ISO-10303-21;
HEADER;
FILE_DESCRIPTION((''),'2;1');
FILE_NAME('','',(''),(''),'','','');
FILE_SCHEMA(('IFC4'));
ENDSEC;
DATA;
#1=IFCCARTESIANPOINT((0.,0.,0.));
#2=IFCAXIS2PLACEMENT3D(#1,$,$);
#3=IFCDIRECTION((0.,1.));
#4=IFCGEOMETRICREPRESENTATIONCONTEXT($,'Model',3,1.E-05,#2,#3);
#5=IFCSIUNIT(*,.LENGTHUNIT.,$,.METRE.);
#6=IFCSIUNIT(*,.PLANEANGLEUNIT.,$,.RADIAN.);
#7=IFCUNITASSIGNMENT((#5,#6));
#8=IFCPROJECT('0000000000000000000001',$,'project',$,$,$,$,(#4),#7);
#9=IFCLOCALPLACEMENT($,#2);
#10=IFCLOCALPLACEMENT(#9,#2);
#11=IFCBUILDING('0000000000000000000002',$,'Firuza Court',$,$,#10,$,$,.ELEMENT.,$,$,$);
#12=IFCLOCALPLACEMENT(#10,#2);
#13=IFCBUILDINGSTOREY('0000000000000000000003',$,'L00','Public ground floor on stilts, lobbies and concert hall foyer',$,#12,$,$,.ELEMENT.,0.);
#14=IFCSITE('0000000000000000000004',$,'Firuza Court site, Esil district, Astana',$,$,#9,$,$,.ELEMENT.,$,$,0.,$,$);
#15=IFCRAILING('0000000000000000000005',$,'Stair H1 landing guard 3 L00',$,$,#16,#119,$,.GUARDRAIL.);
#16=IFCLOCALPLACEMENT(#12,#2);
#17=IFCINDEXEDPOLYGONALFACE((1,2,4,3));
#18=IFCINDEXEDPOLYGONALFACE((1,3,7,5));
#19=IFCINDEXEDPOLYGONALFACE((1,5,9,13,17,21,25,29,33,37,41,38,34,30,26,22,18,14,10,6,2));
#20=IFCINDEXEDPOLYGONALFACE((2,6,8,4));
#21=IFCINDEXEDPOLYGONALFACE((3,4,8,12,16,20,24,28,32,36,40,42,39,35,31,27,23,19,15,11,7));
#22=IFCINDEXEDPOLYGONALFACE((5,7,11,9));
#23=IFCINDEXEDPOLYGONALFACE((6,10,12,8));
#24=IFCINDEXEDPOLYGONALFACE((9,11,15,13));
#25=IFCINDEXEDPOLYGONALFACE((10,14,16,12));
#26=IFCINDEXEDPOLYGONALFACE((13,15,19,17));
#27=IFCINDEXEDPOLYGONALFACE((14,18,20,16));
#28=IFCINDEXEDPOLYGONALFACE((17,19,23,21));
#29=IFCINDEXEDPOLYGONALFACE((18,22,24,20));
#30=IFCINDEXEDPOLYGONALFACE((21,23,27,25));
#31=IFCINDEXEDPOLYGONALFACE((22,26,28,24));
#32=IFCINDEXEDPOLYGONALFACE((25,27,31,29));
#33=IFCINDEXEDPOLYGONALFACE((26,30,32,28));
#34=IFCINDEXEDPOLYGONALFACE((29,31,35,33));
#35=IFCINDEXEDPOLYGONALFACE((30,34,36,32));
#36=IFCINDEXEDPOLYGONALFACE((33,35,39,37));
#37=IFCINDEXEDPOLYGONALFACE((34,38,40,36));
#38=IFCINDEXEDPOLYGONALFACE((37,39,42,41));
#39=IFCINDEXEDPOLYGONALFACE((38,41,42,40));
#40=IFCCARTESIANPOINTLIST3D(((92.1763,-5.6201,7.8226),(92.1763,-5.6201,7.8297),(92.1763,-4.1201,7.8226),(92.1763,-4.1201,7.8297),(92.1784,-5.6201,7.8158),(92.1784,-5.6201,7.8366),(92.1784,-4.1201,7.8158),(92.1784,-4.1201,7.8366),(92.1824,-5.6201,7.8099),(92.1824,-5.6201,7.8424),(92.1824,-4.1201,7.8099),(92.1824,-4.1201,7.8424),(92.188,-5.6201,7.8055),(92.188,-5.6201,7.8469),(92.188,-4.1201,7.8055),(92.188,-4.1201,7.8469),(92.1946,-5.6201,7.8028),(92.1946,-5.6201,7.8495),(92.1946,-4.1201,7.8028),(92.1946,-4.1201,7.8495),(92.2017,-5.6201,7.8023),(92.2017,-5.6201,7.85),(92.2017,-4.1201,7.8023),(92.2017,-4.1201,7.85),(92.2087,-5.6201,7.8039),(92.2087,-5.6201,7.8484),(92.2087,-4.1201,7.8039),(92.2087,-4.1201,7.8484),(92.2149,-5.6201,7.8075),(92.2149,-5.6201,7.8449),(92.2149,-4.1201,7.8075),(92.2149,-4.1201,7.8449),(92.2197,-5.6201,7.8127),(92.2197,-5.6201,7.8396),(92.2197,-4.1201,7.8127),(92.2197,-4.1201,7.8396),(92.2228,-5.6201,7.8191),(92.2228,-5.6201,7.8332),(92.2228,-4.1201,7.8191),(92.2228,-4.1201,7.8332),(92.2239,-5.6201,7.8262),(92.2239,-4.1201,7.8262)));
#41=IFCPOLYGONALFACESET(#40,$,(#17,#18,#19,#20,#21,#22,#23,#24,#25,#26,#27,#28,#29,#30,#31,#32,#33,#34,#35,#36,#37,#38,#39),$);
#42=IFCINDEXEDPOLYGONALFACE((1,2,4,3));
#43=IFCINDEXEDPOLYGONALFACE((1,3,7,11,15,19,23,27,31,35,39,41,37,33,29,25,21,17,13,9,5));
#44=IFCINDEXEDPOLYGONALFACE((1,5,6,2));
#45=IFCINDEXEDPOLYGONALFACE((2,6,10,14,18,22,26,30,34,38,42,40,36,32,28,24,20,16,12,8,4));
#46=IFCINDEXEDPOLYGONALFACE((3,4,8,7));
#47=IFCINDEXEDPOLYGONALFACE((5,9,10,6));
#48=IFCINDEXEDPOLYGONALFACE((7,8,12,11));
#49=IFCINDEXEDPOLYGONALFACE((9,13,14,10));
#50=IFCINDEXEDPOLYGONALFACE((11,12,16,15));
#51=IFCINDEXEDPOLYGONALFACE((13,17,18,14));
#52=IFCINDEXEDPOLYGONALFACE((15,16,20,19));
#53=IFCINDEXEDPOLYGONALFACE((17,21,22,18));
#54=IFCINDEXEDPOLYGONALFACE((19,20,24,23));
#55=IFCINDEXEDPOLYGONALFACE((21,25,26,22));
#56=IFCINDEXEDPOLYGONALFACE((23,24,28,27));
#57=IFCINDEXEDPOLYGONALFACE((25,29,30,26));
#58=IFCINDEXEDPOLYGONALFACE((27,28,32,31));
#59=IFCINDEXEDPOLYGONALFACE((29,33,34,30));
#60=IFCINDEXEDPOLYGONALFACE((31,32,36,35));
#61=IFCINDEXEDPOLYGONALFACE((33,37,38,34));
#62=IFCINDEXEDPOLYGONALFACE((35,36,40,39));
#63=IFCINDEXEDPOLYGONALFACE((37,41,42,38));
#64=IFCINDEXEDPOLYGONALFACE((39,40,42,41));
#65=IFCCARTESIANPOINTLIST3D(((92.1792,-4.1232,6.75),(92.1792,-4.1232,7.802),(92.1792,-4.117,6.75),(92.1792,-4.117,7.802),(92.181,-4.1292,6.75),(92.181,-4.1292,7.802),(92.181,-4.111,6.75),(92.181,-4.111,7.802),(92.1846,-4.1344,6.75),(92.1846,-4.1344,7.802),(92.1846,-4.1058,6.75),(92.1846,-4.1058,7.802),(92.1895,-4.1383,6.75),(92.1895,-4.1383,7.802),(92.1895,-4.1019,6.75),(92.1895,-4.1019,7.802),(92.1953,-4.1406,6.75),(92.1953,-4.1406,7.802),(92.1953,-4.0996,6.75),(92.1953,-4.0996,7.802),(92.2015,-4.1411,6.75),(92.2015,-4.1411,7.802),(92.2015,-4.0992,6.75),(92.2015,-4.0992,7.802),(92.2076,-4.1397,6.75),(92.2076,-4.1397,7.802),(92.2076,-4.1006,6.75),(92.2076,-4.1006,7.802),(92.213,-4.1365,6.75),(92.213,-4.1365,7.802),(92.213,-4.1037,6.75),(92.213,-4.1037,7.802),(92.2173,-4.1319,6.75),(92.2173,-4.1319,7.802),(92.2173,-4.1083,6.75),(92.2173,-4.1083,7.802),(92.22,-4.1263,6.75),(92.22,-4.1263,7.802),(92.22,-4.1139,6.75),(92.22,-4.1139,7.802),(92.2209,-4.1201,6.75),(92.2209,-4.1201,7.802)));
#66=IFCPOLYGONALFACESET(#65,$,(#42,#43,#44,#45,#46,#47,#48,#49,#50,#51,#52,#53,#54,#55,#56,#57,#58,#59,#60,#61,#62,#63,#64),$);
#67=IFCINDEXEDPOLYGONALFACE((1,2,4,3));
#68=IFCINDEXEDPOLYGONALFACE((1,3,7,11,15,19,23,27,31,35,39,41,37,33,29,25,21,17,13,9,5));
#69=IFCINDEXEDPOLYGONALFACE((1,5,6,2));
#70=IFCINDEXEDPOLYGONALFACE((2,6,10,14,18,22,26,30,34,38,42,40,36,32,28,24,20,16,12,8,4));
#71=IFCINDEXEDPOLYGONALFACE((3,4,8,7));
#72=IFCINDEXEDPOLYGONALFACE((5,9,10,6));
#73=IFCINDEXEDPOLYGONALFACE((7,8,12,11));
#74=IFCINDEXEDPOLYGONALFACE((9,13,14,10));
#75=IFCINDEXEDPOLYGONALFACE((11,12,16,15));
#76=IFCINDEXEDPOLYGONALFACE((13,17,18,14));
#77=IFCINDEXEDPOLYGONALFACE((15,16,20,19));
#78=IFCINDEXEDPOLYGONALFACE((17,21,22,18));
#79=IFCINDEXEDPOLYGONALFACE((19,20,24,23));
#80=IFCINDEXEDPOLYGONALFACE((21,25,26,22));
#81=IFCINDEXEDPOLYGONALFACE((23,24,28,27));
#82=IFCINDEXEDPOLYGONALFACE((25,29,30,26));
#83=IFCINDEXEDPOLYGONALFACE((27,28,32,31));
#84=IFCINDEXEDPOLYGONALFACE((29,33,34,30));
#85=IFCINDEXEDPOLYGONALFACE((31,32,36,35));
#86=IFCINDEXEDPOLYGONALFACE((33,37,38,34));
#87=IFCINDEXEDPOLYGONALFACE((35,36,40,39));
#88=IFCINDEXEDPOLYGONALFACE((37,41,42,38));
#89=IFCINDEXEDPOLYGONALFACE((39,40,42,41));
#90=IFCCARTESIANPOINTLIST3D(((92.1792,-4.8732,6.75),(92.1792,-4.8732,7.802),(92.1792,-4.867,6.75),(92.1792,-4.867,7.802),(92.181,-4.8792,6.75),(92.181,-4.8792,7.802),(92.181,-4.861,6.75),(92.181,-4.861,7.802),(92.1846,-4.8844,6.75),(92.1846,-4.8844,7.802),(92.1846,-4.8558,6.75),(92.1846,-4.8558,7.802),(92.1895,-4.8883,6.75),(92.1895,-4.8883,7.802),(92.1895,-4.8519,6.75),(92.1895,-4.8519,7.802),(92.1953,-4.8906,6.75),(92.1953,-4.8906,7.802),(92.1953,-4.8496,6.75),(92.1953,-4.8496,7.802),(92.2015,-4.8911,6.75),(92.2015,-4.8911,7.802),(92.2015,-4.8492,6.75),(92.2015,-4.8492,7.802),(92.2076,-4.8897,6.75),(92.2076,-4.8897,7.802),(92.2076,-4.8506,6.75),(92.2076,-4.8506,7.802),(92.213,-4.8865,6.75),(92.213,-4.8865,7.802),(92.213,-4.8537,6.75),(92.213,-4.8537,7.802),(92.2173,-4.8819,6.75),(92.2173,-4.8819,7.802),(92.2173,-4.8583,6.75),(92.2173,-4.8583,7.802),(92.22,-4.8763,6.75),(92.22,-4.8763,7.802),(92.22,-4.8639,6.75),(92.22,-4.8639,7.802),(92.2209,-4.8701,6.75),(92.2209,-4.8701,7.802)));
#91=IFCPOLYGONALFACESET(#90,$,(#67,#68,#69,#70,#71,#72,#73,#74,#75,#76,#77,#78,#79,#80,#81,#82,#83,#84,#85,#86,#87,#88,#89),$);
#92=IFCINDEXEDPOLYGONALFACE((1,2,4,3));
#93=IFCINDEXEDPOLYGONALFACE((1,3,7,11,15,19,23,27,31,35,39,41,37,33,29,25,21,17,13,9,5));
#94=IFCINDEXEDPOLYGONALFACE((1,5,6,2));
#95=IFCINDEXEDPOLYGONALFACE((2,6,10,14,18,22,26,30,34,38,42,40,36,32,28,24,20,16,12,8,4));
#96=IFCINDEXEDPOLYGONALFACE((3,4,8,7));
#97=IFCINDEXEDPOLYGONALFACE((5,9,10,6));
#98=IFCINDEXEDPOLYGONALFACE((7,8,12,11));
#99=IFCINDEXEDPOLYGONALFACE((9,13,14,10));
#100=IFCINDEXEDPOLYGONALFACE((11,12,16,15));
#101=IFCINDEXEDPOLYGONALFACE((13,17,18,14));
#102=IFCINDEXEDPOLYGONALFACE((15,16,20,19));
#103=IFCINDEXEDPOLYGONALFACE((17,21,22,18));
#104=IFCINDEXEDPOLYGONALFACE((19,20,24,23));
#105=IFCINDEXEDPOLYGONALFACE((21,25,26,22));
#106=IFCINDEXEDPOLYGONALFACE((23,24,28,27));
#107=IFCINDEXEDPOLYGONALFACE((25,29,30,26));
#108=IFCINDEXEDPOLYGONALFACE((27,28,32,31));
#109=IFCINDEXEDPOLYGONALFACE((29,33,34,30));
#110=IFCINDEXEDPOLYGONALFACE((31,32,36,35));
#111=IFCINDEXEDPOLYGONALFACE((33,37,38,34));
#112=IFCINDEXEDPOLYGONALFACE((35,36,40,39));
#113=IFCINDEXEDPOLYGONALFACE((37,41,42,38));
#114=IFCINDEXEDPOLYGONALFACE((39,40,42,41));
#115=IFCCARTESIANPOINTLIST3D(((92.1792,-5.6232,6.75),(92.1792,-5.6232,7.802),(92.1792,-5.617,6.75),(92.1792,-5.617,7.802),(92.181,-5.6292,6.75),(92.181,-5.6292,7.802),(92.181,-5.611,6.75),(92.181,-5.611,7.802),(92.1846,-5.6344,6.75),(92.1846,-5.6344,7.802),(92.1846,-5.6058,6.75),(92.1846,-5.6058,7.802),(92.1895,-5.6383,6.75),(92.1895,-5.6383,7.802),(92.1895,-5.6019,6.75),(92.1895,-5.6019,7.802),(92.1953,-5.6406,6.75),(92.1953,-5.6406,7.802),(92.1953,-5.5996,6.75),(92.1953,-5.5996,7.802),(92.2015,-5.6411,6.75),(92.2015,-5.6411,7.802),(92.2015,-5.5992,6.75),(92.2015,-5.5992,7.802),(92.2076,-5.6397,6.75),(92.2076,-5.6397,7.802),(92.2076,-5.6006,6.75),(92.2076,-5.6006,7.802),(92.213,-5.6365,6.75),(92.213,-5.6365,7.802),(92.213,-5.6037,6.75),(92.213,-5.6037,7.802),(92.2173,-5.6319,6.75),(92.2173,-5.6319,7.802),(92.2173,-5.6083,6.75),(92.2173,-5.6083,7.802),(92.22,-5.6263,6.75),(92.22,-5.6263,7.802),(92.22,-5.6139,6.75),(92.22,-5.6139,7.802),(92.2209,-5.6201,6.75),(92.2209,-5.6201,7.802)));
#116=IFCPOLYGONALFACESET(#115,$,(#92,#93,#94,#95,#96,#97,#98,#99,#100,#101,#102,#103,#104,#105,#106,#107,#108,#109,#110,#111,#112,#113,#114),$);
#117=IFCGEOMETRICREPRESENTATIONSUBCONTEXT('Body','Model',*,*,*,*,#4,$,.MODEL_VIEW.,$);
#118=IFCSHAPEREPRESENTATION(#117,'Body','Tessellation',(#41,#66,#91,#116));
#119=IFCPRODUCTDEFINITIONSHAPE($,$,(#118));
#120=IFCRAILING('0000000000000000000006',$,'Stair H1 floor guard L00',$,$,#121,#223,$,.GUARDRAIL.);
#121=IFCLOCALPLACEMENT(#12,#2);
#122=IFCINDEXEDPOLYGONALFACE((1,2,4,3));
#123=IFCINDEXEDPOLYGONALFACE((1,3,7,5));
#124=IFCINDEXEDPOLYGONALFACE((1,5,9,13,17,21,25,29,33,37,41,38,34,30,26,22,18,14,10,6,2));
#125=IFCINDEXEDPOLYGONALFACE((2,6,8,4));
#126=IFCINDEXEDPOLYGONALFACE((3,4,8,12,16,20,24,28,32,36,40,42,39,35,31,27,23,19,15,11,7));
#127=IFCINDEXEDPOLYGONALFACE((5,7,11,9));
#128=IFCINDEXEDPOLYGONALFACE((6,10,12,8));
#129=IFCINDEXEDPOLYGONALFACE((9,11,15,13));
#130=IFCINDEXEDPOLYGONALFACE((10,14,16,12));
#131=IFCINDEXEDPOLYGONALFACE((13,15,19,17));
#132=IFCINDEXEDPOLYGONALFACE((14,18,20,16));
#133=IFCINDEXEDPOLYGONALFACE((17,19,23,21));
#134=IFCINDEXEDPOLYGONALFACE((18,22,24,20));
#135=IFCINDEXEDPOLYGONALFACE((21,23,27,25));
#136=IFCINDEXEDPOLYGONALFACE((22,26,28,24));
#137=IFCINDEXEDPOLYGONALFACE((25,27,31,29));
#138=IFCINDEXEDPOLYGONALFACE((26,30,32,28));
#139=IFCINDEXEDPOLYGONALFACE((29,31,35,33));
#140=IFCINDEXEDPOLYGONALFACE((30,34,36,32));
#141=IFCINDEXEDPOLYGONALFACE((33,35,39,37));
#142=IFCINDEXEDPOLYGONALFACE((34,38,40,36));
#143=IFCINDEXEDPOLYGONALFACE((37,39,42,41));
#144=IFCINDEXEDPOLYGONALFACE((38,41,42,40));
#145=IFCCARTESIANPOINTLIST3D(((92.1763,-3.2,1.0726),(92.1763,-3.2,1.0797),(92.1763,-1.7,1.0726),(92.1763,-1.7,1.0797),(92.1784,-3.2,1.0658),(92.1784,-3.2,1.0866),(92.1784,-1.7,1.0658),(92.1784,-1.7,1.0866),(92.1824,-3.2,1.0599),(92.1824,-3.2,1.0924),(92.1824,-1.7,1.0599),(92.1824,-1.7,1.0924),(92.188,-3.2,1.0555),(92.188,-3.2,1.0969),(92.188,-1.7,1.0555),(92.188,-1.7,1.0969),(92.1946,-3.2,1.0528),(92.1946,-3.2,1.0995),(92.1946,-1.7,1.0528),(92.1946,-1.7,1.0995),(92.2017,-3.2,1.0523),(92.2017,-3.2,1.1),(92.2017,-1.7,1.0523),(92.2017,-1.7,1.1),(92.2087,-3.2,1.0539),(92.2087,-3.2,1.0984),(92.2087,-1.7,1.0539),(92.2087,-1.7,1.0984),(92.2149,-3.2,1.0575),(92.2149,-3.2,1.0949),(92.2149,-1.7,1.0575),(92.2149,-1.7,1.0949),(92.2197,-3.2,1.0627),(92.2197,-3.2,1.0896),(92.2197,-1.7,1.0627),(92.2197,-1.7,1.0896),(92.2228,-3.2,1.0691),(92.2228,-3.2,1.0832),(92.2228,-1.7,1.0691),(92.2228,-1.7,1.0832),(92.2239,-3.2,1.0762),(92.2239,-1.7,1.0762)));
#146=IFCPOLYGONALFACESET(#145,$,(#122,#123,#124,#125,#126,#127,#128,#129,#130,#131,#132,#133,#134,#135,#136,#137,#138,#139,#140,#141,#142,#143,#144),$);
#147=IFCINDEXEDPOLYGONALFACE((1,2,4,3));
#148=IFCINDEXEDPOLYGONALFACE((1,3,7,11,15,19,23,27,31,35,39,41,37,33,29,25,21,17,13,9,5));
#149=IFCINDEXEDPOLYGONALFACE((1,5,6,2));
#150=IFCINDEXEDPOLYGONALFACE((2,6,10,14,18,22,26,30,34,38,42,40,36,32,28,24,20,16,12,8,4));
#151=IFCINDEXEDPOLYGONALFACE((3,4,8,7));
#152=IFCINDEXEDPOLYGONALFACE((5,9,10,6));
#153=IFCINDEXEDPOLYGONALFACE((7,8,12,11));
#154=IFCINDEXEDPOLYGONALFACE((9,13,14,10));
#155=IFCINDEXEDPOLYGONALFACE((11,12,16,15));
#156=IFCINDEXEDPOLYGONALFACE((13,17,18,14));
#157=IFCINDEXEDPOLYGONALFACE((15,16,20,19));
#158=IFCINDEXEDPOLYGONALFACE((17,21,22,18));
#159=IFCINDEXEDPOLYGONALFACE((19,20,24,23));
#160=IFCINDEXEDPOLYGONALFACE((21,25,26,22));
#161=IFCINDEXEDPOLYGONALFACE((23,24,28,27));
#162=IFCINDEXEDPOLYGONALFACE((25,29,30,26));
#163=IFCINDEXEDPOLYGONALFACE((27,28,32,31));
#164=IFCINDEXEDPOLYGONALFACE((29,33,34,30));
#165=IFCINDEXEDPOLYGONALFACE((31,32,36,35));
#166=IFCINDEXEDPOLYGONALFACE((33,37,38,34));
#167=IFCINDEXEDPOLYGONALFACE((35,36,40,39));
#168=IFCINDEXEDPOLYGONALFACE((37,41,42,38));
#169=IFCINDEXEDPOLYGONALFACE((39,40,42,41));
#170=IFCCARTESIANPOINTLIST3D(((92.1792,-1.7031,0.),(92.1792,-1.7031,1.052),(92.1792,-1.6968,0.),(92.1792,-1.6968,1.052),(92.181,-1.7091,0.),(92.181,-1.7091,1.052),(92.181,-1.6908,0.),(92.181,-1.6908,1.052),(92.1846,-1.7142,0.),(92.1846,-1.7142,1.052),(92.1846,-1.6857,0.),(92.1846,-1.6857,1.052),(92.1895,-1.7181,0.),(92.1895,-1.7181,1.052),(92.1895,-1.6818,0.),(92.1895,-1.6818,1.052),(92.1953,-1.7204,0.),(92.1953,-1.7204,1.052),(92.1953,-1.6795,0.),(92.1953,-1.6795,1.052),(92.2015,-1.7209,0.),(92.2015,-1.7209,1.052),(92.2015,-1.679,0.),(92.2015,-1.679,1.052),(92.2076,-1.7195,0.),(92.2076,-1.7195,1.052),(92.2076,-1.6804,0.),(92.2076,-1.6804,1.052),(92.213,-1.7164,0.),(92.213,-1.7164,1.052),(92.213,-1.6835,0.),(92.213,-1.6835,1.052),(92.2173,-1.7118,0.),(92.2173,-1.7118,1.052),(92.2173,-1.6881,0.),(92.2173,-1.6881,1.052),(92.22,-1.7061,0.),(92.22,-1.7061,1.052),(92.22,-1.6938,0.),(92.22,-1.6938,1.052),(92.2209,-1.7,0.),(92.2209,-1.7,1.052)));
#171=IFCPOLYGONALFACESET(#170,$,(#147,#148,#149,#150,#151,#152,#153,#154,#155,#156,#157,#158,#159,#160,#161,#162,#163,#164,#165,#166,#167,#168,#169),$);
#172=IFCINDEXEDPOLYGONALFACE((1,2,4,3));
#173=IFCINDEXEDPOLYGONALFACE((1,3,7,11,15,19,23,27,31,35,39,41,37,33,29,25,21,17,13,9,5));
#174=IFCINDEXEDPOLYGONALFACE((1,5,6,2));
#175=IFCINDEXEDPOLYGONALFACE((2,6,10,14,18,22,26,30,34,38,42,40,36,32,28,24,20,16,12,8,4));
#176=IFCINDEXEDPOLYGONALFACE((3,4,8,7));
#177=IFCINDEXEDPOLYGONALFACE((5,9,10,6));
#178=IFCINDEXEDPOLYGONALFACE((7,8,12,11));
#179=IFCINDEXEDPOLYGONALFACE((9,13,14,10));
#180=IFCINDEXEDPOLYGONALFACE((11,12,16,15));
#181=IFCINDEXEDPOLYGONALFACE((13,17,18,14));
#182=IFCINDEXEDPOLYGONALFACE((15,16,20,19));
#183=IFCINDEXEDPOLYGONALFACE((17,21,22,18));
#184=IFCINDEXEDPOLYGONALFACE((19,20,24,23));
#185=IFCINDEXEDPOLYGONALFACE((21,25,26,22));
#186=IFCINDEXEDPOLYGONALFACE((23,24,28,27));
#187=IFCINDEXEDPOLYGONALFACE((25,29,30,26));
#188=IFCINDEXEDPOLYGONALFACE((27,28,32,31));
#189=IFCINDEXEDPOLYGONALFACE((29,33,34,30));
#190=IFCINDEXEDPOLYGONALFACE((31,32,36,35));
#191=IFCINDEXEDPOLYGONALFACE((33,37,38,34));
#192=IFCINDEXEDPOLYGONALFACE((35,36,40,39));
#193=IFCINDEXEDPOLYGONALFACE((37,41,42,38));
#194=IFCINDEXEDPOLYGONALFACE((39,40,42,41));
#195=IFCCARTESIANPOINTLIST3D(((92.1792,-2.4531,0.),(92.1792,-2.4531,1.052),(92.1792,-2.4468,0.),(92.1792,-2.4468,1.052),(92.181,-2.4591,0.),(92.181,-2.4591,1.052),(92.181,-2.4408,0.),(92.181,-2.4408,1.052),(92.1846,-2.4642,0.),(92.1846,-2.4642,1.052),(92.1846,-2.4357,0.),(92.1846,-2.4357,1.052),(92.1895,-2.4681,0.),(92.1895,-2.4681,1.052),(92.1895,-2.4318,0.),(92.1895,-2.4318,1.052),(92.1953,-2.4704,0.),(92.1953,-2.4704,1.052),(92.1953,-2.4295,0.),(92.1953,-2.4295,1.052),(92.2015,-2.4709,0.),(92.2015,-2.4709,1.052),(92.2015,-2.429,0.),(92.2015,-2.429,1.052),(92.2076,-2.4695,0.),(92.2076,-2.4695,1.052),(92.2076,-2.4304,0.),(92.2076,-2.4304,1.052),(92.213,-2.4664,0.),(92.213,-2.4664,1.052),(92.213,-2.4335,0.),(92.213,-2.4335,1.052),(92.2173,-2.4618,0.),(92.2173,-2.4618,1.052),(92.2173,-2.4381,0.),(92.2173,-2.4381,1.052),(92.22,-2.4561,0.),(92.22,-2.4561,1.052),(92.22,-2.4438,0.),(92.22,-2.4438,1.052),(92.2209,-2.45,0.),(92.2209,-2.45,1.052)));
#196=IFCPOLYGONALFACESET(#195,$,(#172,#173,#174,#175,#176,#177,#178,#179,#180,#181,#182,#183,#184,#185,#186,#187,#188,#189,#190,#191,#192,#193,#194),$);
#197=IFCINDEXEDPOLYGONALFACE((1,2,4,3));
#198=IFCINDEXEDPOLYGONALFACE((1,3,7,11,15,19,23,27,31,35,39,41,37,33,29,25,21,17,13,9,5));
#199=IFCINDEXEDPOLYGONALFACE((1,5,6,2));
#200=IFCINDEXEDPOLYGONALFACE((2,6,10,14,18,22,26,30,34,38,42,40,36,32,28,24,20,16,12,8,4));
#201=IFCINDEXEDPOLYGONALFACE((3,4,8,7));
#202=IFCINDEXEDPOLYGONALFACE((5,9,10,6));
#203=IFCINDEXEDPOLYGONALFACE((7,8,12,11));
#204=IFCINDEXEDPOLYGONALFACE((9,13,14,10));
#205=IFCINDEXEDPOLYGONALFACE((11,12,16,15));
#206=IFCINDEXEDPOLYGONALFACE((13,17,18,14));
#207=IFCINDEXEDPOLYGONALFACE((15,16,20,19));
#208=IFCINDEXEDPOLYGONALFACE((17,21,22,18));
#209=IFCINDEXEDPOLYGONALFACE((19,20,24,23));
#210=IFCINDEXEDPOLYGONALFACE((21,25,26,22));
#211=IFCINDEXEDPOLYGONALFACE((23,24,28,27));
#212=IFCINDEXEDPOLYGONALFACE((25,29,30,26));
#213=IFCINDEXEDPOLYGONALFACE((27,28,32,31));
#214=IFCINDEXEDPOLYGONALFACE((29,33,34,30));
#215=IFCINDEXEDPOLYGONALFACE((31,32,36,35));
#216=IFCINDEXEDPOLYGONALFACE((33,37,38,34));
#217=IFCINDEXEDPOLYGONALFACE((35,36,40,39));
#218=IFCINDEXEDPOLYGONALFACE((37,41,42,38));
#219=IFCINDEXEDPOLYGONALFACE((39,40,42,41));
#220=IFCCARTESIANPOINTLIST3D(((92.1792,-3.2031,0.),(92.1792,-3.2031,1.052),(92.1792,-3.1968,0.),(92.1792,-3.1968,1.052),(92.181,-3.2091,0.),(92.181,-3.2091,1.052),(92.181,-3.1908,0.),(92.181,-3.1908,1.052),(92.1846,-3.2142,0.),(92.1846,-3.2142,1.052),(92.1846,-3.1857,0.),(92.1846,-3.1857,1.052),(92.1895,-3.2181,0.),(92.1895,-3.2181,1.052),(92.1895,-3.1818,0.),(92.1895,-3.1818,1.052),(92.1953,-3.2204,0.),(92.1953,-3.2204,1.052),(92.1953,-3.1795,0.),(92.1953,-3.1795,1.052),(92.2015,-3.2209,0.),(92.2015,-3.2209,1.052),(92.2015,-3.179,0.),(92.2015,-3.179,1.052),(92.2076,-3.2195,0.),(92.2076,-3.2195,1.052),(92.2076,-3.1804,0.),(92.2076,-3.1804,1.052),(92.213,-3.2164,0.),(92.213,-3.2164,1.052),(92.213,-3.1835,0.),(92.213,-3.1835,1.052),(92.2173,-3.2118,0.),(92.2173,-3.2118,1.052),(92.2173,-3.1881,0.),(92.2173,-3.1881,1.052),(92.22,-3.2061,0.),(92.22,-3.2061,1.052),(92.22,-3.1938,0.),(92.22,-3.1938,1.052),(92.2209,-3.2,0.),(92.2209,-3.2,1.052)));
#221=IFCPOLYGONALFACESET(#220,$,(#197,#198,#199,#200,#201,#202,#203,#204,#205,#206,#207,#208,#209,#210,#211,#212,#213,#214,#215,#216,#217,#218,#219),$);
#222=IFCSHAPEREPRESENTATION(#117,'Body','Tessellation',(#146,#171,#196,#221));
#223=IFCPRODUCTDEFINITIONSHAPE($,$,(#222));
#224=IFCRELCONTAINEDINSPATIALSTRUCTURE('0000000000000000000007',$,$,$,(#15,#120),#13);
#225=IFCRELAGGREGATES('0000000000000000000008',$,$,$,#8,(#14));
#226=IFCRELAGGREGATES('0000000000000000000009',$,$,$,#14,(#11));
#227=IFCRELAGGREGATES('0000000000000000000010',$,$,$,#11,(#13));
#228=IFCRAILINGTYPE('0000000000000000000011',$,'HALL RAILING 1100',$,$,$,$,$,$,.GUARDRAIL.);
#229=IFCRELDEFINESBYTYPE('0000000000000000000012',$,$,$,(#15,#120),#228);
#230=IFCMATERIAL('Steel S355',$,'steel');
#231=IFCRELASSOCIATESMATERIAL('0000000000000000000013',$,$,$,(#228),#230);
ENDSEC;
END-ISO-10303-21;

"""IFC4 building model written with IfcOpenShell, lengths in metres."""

from ifc_helpers import new_model, si_unit, direction, frame, origin, origin_2d, place, context, subcontext, project, spatial, circle, extrude, material, type_object, element, save


model = new_model("IFC4")

# Units and contexts
model_context = context("Model", 3, precision=1e-05, world=origin(), true_north=direction((0.0, 1.0)))
body_context = subcontext(model_context, "Body", "Model", "MODEL_VIEW")
ifc_project = project(units=[si_unit("LENGTHUNIT", "METRE"), si_unit("PLANEANGLEUNIT", "RADIAN")], contexts=[model_context])

# Site, building, storey
site_placement = place(None, origin())
site = spatial("IfcSite", under=ifc_project, at=site_placement, Name="Firuza Court site, Esil district, Astana", CompositionType="ELEMENT", RefElevation=0.0)
building_placement = place(site_placement, origin())
building = spatial("IfcBuilding", under=site, at=building_placement, Name="Firuza Court", CompositionType="ELEMENT")
storey_placement = place(building_placement, origin())
storey = spatial("IfcBuildingStorey", under=building, at=storey_placement, Name="L00", Description="Public ground floor on stilts, lobbies and concert hall foyer", CompositionType="ELEMENT", Elevation=0.0)

# Railings
ifc_material_1 = material(Name="Steel S355", Category="steel")
railing_type_1 = type_object("IfcRailingType", Name="HALL RAILING 1100", PredefinedType="GUARDRAIL", material=ifc_material_1)
for number, where, name in (
    (1, (92.2, -4.1201, 6.75), "Stair H1 landing guard 3 L00"),
    (2, (92.2, -1.7, 0.0), "Stair H1 floor guard L00"),
):
    element("IfcRailing", number, at=place(storey_placement, frame(where)), inside=storey, type_object=railing_type_1, Name=name, PredefinedType="GUARDRAIL", context=body_context, shape_type="SweptSolid", body=[
        extrude(circle(Radius=0.0239, at=origin_2d()), frame((0.0, 0.0, 1.0762), z_axis=(0.0, -1.0, 0.0), x_axis=(1.0, 0.0, 0.0)), (0.0, 0.0, 1.0), 1.5),
        extrude(circle(Radius=0.021, at=origin_2d()), origin(), (0.0, 0.0, 1.0), 1.052),
        extrude(circle(Radius=0.021, at=origin_2d()), frame((0.0, -0.75, 0.0)), (0.0, 0.0, 1.0), 1.052),
        extrude(circle(Radius=0.021, at=origin_2d()), frame((0.0, -1.5, 0.0)), (0.0, 0.0, 1.0), 1.052),
    ])

save(model, "model.ifc")
